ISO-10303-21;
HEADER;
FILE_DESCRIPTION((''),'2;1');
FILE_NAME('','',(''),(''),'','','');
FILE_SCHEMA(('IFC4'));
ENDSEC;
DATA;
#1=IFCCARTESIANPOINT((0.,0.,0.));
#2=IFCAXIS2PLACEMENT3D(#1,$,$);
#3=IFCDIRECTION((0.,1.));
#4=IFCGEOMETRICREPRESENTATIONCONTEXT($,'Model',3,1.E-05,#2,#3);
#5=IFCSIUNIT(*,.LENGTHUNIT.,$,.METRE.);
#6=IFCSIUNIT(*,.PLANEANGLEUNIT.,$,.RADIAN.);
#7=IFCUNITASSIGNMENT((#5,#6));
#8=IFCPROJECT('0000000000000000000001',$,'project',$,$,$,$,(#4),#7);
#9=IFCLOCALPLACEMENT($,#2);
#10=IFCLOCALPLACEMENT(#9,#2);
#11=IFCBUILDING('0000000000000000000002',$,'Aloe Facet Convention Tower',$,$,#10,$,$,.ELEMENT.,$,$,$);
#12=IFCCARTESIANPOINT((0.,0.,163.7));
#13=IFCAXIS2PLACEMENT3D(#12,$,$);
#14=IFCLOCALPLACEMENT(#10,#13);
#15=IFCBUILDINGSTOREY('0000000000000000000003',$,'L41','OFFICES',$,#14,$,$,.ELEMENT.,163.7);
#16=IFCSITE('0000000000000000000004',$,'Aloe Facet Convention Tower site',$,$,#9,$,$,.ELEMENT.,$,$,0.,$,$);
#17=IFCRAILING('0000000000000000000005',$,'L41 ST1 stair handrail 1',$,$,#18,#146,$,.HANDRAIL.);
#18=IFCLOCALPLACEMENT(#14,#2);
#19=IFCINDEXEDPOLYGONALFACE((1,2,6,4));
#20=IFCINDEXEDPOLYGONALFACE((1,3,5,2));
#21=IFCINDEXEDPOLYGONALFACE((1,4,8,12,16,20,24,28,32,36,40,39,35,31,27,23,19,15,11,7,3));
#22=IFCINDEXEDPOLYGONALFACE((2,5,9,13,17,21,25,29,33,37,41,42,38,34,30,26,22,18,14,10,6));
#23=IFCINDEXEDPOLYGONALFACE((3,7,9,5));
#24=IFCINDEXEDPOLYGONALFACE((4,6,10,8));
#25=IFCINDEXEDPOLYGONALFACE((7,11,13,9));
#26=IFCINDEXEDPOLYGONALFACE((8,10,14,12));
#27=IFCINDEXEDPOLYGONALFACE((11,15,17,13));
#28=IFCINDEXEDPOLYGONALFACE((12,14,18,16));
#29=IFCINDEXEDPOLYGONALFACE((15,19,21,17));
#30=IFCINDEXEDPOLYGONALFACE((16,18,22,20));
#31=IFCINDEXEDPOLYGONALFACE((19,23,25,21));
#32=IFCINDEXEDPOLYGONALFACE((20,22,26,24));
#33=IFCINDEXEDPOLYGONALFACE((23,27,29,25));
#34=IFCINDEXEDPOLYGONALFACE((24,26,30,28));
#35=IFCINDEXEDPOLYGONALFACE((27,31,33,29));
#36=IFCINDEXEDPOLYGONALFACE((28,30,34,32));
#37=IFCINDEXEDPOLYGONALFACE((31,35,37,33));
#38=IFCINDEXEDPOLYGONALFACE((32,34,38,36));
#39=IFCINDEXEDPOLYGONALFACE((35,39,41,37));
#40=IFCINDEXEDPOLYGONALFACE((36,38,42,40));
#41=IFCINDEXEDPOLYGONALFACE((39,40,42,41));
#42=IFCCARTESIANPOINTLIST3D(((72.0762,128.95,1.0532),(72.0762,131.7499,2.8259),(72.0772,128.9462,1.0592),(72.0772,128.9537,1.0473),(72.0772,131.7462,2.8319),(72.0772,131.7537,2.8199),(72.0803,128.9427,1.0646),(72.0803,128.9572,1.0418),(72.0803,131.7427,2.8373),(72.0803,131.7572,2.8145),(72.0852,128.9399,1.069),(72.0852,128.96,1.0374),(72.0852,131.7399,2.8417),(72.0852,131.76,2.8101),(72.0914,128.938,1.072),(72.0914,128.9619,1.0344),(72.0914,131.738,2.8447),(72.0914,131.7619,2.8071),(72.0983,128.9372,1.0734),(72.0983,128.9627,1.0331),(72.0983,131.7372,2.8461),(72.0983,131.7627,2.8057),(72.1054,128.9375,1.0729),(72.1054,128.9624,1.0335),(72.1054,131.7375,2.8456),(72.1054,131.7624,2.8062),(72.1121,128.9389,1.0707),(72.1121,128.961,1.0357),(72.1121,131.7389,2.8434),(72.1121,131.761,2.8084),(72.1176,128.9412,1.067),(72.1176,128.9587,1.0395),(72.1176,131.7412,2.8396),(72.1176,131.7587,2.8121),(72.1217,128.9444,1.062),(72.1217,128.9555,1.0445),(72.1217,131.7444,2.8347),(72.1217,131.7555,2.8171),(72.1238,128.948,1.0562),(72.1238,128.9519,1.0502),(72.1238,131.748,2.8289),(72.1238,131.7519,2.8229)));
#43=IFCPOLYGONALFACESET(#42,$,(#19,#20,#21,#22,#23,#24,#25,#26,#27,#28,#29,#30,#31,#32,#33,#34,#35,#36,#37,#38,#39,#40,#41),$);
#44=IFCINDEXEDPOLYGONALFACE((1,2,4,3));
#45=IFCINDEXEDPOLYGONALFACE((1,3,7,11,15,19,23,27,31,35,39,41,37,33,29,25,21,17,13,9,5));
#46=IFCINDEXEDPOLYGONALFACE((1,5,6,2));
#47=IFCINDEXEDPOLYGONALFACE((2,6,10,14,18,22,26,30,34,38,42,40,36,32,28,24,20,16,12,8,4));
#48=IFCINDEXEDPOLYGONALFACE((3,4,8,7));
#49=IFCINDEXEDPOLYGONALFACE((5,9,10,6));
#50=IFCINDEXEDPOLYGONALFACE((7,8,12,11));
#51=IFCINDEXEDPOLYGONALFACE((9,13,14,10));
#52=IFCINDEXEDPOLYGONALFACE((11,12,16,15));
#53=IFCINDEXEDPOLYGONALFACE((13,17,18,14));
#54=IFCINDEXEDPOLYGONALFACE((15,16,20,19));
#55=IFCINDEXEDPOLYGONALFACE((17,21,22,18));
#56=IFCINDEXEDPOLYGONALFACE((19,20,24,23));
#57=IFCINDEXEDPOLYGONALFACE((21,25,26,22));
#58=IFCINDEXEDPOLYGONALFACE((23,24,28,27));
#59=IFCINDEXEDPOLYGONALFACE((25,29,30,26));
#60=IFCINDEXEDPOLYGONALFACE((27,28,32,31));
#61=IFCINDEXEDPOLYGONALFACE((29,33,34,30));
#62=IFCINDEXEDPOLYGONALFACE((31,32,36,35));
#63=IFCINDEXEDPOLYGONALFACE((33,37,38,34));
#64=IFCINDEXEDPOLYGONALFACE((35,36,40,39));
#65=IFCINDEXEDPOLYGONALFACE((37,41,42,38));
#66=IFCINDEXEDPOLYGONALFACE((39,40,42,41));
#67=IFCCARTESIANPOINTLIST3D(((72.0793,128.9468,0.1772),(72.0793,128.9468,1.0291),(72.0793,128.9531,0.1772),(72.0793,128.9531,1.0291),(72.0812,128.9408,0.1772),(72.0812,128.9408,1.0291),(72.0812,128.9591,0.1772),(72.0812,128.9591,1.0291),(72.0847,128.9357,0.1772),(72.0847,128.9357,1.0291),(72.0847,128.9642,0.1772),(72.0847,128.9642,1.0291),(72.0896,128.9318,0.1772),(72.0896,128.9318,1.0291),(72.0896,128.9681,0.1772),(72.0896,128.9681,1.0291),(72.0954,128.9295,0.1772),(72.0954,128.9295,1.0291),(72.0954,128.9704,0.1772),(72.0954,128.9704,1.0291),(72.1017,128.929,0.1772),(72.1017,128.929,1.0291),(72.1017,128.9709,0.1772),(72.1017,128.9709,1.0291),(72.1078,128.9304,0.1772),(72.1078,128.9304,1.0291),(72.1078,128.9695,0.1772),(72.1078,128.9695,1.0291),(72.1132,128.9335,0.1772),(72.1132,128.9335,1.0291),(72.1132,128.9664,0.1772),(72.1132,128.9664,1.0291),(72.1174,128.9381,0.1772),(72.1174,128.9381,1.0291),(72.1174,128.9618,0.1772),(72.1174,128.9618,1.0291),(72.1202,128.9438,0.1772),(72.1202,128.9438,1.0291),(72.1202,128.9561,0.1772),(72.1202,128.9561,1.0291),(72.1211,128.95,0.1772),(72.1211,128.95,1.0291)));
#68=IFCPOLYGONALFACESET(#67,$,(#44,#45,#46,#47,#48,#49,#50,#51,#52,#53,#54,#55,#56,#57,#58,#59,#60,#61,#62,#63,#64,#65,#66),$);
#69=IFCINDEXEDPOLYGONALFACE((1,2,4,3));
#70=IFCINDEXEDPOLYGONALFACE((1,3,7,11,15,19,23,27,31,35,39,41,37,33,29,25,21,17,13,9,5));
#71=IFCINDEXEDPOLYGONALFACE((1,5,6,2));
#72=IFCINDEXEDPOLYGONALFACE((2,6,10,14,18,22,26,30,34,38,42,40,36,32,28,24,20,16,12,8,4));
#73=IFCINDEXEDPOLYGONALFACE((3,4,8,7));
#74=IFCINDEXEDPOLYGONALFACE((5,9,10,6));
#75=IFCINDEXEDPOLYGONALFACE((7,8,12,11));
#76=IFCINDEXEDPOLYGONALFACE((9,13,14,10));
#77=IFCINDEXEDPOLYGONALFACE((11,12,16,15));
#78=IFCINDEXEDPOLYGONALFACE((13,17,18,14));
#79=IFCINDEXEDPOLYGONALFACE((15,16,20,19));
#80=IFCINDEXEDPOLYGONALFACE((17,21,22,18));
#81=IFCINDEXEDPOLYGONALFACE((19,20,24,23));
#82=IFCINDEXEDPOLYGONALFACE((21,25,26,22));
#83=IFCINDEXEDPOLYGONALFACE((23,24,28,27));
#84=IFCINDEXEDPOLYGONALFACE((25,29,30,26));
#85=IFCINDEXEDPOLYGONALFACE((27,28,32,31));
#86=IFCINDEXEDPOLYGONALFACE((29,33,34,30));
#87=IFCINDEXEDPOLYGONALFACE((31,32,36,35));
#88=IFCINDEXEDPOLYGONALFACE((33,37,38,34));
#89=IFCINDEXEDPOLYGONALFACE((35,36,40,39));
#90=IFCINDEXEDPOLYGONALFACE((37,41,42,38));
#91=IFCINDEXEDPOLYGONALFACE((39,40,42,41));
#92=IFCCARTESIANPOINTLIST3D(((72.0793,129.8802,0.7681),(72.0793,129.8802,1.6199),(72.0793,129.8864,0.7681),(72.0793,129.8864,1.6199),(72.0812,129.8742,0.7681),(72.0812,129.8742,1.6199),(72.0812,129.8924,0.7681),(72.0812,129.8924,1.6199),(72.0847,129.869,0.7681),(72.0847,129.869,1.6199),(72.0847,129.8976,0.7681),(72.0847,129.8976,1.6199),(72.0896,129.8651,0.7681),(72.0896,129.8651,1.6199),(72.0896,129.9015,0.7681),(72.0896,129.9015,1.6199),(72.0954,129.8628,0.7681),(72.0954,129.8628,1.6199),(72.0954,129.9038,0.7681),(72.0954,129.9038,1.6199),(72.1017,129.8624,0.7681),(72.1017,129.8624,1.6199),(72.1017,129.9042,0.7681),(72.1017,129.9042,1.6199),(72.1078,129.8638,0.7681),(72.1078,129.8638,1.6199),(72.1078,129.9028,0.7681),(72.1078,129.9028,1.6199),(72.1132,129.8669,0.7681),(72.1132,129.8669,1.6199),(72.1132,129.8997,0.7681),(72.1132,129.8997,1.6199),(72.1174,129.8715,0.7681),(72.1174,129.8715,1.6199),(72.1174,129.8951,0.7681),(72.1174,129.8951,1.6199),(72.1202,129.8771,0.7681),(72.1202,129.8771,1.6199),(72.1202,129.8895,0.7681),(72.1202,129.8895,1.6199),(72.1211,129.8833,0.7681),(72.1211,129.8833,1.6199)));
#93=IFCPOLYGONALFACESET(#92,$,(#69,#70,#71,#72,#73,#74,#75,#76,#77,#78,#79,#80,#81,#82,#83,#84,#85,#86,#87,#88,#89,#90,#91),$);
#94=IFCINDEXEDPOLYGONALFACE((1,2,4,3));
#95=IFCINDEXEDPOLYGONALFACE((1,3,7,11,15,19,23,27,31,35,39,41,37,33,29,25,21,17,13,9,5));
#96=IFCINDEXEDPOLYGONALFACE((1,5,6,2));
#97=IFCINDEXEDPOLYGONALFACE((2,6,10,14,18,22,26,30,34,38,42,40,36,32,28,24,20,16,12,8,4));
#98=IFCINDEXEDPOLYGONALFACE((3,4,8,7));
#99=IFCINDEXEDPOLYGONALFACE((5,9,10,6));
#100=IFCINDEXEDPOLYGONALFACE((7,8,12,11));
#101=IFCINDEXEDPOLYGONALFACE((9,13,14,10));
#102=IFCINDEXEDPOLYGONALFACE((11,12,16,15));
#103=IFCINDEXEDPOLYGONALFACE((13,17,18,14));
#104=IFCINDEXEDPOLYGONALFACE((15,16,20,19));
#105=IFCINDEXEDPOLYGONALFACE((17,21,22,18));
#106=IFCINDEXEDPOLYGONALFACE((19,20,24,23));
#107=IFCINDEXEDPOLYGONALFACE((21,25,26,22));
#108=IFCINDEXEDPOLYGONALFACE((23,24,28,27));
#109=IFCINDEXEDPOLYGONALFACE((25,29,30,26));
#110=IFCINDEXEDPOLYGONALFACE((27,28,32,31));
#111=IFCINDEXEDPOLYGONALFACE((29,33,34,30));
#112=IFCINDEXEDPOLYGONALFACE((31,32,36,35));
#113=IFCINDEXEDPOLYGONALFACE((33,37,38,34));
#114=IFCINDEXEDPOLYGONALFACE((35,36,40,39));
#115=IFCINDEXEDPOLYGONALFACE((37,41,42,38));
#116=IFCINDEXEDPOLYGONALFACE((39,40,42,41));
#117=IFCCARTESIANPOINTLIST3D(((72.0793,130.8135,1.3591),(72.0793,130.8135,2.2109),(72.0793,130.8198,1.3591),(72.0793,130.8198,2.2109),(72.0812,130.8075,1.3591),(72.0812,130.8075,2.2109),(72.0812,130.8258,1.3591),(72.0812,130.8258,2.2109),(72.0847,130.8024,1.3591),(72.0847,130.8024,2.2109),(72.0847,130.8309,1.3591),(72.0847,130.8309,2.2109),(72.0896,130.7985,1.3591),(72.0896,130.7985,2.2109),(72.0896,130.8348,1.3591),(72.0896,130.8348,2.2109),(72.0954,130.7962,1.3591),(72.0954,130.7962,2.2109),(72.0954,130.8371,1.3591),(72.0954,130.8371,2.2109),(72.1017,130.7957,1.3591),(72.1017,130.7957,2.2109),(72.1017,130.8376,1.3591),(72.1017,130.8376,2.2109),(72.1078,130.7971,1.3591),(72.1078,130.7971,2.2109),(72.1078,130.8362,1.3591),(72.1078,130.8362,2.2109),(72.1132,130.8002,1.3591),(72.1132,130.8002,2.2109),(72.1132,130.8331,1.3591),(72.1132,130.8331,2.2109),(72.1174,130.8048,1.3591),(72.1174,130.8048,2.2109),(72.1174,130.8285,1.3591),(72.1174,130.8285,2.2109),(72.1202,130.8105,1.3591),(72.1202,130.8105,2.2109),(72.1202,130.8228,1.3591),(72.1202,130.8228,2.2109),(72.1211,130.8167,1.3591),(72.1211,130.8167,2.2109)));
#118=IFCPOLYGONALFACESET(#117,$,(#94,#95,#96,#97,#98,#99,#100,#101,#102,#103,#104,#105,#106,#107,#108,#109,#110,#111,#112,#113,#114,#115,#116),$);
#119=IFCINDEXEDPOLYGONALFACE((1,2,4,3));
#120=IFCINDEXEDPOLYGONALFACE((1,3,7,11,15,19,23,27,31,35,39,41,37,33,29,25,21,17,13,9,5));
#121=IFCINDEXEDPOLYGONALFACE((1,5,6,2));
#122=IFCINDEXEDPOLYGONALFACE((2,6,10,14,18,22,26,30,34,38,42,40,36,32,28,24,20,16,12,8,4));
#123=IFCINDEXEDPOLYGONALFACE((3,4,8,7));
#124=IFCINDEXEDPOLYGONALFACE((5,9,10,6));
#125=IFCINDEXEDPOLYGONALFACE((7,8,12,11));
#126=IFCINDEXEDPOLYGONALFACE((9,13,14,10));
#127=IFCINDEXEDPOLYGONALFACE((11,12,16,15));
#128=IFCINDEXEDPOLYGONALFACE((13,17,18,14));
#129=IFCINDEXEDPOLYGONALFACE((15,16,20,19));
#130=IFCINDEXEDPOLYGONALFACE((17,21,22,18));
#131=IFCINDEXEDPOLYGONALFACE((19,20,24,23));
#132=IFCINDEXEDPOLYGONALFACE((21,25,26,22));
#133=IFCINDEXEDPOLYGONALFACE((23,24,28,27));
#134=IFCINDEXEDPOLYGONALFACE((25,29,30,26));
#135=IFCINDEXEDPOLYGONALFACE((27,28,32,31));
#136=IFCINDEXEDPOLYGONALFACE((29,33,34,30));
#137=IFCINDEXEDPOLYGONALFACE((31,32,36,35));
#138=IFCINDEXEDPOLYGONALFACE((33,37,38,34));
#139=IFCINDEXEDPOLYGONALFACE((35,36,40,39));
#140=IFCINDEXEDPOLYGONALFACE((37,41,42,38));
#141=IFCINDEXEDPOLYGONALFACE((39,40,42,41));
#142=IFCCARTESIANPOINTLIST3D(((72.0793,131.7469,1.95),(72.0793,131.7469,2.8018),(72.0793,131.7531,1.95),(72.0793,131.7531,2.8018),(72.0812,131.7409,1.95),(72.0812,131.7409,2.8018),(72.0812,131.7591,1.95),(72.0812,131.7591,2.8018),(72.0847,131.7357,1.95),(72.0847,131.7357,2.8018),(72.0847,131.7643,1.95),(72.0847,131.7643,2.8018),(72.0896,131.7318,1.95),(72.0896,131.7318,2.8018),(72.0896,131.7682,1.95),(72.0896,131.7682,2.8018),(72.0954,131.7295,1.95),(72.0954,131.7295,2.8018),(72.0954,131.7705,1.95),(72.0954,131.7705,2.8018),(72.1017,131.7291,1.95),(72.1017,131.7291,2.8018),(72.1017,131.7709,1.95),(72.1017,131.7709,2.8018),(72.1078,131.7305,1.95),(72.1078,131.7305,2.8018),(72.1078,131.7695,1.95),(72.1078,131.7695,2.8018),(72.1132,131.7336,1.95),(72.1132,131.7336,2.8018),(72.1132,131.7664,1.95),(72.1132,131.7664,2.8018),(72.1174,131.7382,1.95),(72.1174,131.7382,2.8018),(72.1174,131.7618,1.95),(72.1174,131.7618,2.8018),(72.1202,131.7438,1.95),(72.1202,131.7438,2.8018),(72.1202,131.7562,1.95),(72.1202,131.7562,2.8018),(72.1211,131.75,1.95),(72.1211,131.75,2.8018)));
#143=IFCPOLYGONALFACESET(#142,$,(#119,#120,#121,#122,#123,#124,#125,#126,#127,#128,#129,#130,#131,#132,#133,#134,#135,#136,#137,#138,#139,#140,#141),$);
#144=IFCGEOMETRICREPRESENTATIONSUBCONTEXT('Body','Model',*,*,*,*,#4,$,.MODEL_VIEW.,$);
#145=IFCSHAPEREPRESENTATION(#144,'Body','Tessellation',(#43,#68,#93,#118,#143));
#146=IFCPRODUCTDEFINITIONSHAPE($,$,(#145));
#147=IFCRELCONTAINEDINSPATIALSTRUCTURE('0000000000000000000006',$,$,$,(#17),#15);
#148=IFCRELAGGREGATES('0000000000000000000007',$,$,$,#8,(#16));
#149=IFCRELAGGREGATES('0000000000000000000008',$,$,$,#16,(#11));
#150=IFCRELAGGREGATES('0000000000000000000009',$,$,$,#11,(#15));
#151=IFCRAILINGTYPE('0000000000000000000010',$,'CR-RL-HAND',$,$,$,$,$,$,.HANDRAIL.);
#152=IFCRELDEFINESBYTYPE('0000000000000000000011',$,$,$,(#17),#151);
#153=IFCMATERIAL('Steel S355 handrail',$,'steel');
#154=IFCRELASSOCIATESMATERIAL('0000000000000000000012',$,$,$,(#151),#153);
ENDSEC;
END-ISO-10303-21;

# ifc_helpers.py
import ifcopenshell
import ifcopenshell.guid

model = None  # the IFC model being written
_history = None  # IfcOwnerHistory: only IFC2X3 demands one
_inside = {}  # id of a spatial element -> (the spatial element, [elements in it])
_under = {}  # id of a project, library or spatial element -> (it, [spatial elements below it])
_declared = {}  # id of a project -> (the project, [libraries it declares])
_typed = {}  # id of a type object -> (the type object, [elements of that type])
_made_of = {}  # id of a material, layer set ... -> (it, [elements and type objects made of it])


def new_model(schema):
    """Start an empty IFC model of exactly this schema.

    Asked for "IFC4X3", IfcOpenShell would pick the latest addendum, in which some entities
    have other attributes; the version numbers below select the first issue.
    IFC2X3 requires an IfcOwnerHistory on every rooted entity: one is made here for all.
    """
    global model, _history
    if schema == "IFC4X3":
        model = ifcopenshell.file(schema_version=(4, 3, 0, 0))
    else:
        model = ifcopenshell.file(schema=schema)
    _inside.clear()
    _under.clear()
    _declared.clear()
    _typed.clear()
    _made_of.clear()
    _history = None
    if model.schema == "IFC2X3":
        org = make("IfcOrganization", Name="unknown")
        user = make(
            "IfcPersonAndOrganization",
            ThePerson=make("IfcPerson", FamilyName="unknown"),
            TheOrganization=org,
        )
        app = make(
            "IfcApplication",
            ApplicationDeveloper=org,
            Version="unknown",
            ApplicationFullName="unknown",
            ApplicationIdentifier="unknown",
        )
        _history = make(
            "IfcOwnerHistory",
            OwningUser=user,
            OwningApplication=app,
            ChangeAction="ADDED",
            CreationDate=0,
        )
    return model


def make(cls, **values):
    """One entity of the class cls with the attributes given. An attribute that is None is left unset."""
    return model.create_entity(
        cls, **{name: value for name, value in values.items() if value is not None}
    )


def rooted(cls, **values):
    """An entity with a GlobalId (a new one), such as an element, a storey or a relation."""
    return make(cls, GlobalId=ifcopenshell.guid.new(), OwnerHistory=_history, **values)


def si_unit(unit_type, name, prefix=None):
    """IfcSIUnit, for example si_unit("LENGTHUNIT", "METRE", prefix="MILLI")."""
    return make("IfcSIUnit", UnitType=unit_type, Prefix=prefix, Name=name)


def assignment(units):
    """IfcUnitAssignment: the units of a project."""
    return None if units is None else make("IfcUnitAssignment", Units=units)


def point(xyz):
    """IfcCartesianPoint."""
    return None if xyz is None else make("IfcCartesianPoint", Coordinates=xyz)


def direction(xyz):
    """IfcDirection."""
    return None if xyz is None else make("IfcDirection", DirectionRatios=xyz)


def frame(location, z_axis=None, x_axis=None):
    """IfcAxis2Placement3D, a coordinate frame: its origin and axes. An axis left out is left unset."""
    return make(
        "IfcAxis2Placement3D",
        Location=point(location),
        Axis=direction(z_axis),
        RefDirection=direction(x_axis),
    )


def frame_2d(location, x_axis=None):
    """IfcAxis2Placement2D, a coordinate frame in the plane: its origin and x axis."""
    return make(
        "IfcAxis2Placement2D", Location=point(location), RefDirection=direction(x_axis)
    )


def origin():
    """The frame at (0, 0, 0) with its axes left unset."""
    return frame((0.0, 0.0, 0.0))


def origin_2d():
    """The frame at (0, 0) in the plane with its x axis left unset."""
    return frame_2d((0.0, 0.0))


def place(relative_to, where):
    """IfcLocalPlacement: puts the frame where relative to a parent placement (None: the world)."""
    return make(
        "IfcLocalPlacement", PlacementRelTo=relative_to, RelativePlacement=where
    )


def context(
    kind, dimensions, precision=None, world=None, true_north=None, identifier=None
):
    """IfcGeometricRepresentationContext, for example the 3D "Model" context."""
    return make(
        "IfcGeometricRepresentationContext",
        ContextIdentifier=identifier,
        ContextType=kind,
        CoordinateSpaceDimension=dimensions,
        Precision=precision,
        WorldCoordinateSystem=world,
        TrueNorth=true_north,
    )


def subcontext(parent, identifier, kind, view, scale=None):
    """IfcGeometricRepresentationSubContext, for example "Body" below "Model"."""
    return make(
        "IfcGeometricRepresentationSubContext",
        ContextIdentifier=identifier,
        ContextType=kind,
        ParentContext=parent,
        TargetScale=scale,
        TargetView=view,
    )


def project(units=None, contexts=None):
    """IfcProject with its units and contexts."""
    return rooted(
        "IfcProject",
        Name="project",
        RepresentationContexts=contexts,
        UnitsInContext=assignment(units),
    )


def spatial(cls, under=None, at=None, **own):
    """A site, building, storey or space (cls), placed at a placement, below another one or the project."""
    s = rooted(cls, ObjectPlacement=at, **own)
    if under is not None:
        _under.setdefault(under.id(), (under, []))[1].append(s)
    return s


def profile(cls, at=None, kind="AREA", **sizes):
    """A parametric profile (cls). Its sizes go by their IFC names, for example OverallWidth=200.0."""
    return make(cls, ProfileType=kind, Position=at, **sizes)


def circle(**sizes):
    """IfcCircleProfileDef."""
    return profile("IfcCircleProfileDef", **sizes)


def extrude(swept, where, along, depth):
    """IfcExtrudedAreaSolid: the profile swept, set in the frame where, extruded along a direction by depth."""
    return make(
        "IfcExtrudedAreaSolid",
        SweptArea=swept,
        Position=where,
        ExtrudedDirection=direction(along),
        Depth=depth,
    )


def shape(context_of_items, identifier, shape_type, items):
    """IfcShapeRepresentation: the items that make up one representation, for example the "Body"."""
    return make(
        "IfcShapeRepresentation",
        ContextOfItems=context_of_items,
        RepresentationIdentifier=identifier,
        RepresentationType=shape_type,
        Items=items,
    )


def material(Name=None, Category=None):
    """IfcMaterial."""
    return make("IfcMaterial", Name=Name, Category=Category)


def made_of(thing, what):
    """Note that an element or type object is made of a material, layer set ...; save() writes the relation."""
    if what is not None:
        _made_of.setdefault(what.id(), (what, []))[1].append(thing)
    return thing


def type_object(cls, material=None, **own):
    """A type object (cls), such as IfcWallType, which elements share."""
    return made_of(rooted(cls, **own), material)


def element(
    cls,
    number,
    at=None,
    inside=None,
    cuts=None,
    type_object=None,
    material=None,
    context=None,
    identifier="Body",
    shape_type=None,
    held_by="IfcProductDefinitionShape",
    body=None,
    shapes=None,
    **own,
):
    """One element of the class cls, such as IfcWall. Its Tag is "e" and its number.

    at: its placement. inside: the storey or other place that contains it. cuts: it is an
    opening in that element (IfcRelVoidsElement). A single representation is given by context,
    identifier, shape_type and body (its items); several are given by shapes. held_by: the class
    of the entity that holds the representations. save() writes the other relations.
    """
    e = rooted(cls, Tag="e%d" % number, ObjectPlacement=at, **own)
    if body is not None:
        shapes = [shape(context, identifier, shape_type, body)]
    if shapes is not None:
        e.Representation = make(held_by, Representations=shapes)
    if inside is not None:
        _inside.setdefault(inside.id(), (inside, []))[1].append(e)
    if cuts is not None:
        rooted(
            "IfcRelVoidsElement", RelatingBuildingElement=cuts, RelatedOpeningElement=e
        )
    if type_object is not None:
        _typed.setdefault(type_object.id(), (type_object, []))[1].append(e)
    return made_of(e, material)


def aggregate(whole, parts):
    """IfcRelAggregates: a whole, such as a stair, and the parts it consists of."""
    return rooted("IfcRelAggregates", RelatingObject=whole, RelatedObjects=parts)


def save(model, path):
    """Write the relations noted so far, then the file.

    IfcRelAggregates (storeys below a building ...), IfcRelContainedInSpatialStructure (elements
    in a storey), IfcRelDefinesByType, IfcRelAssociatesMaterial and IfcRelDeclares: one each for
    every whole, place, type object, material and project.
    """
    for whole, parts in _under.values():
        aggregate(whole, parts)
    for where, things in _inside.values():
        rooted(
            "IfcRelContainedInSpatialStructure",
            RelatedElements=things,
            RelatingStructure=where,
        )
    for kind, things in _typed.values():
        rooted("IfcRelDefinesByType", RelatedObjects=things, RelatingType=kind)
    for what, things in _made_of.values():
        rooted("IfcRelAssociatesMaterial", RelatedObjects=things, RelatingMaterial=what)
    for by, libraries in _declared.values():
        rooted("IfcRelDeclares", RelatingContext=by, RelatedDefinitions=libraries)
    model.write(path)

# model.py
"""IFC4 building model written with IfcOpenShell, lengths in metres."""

from ifc_helpers import new_model, si_unit, direction, frame, origin, origin_2d, place, context, subcontext, project, spatial, circle, extrude, material, type_object, element, save


model = new_model("IFC4")

# Units and contexts
model_context = context("Model", 3, precision=1e-05, world=origin(), true_north=direction((0.0, 1.0)))
body_context = subcontext(model_context, "Body", "Model", "MODEL_VIEW")
ifc_project = project(units=[si_unit("LENGTHUNIT", "METRE"), si_unit("PLANEANGLEUNIT", "RADIAN")], contexts=[model_context])

# Site, building, storey
site_placement = place(None, origin())
site = spatial("IfcSite", under=ifc_project, at=site_placement, Name="Aloe Facet Convention Tower site", CompositionType="ELEMENT", RefElevation=0.0)
building_placement = place(site_placement, origin())
building = spatial("IfcBuilding", under=site, at=building_placement, Name="Aloe Facet Convention Tower", CompositionType="ELEMENT")
storey_placement = place(building_placement, frame((0.0, 0.0, 163.7)))
storey = spatial("IfcBuildingStorey", under=building, at=storey_placement, Name="L41", Description="OFFICES", CompositionType="ELEMENT", Elevation=163.7)

# Railing
ifc_material_1 = material(Name="Steel S355 handrail", Category="steel")
railing_type_1 = type_object("IfcRailingType", Name="CR-RL-HAND", PredefinedType="HANDRAIL", material=ifc_material_1)
railing_1_placement = place(storey_placement, frame((72.1001, 128.95, 0.1772)))
element("IfcRailing", 1, at=railing_1_placement, inside=storey, type_object=railing_type_1, Name="L41 ST1 stair handrail 1", PredefinedType="HANDRAIL", context=body_context, shape_type="SweptSolid", body=[
    extrude(circle(Radius=0.0239, at=origin_2d()), frame((0.0, 0.0, 0.876), z_axis=(0.0, 0.844909, 0.53491), x_axis=(-1.0, 0.0, 0.0)), (0.0, 0.0, 1.0), 3.314),
    extrude(circle(Radius=0.021, at=origin_2d()), origin(), (0.0, 0.0, 1.0), 0.8518),
    extrude(circle(Radius=0.021, at=origin_2d()), frame((0.0, 0.9333, 0.5908)), (0.0, 0.0, 1.0), 0.8518),
    extrude(circle(Radius=0.021, at=origin_2d()), frame((0.0, 1.8667, 1.1819)), (0.0, 0.0, 1.0), 0.8518),
    extrude(circle(Radius=0.021, at=origin_2d()), frame((0.0, 2.8, 1.7727)), (0.0, 0.0, 1.0), 0.8518),
])

save(model, "model.ifc")
